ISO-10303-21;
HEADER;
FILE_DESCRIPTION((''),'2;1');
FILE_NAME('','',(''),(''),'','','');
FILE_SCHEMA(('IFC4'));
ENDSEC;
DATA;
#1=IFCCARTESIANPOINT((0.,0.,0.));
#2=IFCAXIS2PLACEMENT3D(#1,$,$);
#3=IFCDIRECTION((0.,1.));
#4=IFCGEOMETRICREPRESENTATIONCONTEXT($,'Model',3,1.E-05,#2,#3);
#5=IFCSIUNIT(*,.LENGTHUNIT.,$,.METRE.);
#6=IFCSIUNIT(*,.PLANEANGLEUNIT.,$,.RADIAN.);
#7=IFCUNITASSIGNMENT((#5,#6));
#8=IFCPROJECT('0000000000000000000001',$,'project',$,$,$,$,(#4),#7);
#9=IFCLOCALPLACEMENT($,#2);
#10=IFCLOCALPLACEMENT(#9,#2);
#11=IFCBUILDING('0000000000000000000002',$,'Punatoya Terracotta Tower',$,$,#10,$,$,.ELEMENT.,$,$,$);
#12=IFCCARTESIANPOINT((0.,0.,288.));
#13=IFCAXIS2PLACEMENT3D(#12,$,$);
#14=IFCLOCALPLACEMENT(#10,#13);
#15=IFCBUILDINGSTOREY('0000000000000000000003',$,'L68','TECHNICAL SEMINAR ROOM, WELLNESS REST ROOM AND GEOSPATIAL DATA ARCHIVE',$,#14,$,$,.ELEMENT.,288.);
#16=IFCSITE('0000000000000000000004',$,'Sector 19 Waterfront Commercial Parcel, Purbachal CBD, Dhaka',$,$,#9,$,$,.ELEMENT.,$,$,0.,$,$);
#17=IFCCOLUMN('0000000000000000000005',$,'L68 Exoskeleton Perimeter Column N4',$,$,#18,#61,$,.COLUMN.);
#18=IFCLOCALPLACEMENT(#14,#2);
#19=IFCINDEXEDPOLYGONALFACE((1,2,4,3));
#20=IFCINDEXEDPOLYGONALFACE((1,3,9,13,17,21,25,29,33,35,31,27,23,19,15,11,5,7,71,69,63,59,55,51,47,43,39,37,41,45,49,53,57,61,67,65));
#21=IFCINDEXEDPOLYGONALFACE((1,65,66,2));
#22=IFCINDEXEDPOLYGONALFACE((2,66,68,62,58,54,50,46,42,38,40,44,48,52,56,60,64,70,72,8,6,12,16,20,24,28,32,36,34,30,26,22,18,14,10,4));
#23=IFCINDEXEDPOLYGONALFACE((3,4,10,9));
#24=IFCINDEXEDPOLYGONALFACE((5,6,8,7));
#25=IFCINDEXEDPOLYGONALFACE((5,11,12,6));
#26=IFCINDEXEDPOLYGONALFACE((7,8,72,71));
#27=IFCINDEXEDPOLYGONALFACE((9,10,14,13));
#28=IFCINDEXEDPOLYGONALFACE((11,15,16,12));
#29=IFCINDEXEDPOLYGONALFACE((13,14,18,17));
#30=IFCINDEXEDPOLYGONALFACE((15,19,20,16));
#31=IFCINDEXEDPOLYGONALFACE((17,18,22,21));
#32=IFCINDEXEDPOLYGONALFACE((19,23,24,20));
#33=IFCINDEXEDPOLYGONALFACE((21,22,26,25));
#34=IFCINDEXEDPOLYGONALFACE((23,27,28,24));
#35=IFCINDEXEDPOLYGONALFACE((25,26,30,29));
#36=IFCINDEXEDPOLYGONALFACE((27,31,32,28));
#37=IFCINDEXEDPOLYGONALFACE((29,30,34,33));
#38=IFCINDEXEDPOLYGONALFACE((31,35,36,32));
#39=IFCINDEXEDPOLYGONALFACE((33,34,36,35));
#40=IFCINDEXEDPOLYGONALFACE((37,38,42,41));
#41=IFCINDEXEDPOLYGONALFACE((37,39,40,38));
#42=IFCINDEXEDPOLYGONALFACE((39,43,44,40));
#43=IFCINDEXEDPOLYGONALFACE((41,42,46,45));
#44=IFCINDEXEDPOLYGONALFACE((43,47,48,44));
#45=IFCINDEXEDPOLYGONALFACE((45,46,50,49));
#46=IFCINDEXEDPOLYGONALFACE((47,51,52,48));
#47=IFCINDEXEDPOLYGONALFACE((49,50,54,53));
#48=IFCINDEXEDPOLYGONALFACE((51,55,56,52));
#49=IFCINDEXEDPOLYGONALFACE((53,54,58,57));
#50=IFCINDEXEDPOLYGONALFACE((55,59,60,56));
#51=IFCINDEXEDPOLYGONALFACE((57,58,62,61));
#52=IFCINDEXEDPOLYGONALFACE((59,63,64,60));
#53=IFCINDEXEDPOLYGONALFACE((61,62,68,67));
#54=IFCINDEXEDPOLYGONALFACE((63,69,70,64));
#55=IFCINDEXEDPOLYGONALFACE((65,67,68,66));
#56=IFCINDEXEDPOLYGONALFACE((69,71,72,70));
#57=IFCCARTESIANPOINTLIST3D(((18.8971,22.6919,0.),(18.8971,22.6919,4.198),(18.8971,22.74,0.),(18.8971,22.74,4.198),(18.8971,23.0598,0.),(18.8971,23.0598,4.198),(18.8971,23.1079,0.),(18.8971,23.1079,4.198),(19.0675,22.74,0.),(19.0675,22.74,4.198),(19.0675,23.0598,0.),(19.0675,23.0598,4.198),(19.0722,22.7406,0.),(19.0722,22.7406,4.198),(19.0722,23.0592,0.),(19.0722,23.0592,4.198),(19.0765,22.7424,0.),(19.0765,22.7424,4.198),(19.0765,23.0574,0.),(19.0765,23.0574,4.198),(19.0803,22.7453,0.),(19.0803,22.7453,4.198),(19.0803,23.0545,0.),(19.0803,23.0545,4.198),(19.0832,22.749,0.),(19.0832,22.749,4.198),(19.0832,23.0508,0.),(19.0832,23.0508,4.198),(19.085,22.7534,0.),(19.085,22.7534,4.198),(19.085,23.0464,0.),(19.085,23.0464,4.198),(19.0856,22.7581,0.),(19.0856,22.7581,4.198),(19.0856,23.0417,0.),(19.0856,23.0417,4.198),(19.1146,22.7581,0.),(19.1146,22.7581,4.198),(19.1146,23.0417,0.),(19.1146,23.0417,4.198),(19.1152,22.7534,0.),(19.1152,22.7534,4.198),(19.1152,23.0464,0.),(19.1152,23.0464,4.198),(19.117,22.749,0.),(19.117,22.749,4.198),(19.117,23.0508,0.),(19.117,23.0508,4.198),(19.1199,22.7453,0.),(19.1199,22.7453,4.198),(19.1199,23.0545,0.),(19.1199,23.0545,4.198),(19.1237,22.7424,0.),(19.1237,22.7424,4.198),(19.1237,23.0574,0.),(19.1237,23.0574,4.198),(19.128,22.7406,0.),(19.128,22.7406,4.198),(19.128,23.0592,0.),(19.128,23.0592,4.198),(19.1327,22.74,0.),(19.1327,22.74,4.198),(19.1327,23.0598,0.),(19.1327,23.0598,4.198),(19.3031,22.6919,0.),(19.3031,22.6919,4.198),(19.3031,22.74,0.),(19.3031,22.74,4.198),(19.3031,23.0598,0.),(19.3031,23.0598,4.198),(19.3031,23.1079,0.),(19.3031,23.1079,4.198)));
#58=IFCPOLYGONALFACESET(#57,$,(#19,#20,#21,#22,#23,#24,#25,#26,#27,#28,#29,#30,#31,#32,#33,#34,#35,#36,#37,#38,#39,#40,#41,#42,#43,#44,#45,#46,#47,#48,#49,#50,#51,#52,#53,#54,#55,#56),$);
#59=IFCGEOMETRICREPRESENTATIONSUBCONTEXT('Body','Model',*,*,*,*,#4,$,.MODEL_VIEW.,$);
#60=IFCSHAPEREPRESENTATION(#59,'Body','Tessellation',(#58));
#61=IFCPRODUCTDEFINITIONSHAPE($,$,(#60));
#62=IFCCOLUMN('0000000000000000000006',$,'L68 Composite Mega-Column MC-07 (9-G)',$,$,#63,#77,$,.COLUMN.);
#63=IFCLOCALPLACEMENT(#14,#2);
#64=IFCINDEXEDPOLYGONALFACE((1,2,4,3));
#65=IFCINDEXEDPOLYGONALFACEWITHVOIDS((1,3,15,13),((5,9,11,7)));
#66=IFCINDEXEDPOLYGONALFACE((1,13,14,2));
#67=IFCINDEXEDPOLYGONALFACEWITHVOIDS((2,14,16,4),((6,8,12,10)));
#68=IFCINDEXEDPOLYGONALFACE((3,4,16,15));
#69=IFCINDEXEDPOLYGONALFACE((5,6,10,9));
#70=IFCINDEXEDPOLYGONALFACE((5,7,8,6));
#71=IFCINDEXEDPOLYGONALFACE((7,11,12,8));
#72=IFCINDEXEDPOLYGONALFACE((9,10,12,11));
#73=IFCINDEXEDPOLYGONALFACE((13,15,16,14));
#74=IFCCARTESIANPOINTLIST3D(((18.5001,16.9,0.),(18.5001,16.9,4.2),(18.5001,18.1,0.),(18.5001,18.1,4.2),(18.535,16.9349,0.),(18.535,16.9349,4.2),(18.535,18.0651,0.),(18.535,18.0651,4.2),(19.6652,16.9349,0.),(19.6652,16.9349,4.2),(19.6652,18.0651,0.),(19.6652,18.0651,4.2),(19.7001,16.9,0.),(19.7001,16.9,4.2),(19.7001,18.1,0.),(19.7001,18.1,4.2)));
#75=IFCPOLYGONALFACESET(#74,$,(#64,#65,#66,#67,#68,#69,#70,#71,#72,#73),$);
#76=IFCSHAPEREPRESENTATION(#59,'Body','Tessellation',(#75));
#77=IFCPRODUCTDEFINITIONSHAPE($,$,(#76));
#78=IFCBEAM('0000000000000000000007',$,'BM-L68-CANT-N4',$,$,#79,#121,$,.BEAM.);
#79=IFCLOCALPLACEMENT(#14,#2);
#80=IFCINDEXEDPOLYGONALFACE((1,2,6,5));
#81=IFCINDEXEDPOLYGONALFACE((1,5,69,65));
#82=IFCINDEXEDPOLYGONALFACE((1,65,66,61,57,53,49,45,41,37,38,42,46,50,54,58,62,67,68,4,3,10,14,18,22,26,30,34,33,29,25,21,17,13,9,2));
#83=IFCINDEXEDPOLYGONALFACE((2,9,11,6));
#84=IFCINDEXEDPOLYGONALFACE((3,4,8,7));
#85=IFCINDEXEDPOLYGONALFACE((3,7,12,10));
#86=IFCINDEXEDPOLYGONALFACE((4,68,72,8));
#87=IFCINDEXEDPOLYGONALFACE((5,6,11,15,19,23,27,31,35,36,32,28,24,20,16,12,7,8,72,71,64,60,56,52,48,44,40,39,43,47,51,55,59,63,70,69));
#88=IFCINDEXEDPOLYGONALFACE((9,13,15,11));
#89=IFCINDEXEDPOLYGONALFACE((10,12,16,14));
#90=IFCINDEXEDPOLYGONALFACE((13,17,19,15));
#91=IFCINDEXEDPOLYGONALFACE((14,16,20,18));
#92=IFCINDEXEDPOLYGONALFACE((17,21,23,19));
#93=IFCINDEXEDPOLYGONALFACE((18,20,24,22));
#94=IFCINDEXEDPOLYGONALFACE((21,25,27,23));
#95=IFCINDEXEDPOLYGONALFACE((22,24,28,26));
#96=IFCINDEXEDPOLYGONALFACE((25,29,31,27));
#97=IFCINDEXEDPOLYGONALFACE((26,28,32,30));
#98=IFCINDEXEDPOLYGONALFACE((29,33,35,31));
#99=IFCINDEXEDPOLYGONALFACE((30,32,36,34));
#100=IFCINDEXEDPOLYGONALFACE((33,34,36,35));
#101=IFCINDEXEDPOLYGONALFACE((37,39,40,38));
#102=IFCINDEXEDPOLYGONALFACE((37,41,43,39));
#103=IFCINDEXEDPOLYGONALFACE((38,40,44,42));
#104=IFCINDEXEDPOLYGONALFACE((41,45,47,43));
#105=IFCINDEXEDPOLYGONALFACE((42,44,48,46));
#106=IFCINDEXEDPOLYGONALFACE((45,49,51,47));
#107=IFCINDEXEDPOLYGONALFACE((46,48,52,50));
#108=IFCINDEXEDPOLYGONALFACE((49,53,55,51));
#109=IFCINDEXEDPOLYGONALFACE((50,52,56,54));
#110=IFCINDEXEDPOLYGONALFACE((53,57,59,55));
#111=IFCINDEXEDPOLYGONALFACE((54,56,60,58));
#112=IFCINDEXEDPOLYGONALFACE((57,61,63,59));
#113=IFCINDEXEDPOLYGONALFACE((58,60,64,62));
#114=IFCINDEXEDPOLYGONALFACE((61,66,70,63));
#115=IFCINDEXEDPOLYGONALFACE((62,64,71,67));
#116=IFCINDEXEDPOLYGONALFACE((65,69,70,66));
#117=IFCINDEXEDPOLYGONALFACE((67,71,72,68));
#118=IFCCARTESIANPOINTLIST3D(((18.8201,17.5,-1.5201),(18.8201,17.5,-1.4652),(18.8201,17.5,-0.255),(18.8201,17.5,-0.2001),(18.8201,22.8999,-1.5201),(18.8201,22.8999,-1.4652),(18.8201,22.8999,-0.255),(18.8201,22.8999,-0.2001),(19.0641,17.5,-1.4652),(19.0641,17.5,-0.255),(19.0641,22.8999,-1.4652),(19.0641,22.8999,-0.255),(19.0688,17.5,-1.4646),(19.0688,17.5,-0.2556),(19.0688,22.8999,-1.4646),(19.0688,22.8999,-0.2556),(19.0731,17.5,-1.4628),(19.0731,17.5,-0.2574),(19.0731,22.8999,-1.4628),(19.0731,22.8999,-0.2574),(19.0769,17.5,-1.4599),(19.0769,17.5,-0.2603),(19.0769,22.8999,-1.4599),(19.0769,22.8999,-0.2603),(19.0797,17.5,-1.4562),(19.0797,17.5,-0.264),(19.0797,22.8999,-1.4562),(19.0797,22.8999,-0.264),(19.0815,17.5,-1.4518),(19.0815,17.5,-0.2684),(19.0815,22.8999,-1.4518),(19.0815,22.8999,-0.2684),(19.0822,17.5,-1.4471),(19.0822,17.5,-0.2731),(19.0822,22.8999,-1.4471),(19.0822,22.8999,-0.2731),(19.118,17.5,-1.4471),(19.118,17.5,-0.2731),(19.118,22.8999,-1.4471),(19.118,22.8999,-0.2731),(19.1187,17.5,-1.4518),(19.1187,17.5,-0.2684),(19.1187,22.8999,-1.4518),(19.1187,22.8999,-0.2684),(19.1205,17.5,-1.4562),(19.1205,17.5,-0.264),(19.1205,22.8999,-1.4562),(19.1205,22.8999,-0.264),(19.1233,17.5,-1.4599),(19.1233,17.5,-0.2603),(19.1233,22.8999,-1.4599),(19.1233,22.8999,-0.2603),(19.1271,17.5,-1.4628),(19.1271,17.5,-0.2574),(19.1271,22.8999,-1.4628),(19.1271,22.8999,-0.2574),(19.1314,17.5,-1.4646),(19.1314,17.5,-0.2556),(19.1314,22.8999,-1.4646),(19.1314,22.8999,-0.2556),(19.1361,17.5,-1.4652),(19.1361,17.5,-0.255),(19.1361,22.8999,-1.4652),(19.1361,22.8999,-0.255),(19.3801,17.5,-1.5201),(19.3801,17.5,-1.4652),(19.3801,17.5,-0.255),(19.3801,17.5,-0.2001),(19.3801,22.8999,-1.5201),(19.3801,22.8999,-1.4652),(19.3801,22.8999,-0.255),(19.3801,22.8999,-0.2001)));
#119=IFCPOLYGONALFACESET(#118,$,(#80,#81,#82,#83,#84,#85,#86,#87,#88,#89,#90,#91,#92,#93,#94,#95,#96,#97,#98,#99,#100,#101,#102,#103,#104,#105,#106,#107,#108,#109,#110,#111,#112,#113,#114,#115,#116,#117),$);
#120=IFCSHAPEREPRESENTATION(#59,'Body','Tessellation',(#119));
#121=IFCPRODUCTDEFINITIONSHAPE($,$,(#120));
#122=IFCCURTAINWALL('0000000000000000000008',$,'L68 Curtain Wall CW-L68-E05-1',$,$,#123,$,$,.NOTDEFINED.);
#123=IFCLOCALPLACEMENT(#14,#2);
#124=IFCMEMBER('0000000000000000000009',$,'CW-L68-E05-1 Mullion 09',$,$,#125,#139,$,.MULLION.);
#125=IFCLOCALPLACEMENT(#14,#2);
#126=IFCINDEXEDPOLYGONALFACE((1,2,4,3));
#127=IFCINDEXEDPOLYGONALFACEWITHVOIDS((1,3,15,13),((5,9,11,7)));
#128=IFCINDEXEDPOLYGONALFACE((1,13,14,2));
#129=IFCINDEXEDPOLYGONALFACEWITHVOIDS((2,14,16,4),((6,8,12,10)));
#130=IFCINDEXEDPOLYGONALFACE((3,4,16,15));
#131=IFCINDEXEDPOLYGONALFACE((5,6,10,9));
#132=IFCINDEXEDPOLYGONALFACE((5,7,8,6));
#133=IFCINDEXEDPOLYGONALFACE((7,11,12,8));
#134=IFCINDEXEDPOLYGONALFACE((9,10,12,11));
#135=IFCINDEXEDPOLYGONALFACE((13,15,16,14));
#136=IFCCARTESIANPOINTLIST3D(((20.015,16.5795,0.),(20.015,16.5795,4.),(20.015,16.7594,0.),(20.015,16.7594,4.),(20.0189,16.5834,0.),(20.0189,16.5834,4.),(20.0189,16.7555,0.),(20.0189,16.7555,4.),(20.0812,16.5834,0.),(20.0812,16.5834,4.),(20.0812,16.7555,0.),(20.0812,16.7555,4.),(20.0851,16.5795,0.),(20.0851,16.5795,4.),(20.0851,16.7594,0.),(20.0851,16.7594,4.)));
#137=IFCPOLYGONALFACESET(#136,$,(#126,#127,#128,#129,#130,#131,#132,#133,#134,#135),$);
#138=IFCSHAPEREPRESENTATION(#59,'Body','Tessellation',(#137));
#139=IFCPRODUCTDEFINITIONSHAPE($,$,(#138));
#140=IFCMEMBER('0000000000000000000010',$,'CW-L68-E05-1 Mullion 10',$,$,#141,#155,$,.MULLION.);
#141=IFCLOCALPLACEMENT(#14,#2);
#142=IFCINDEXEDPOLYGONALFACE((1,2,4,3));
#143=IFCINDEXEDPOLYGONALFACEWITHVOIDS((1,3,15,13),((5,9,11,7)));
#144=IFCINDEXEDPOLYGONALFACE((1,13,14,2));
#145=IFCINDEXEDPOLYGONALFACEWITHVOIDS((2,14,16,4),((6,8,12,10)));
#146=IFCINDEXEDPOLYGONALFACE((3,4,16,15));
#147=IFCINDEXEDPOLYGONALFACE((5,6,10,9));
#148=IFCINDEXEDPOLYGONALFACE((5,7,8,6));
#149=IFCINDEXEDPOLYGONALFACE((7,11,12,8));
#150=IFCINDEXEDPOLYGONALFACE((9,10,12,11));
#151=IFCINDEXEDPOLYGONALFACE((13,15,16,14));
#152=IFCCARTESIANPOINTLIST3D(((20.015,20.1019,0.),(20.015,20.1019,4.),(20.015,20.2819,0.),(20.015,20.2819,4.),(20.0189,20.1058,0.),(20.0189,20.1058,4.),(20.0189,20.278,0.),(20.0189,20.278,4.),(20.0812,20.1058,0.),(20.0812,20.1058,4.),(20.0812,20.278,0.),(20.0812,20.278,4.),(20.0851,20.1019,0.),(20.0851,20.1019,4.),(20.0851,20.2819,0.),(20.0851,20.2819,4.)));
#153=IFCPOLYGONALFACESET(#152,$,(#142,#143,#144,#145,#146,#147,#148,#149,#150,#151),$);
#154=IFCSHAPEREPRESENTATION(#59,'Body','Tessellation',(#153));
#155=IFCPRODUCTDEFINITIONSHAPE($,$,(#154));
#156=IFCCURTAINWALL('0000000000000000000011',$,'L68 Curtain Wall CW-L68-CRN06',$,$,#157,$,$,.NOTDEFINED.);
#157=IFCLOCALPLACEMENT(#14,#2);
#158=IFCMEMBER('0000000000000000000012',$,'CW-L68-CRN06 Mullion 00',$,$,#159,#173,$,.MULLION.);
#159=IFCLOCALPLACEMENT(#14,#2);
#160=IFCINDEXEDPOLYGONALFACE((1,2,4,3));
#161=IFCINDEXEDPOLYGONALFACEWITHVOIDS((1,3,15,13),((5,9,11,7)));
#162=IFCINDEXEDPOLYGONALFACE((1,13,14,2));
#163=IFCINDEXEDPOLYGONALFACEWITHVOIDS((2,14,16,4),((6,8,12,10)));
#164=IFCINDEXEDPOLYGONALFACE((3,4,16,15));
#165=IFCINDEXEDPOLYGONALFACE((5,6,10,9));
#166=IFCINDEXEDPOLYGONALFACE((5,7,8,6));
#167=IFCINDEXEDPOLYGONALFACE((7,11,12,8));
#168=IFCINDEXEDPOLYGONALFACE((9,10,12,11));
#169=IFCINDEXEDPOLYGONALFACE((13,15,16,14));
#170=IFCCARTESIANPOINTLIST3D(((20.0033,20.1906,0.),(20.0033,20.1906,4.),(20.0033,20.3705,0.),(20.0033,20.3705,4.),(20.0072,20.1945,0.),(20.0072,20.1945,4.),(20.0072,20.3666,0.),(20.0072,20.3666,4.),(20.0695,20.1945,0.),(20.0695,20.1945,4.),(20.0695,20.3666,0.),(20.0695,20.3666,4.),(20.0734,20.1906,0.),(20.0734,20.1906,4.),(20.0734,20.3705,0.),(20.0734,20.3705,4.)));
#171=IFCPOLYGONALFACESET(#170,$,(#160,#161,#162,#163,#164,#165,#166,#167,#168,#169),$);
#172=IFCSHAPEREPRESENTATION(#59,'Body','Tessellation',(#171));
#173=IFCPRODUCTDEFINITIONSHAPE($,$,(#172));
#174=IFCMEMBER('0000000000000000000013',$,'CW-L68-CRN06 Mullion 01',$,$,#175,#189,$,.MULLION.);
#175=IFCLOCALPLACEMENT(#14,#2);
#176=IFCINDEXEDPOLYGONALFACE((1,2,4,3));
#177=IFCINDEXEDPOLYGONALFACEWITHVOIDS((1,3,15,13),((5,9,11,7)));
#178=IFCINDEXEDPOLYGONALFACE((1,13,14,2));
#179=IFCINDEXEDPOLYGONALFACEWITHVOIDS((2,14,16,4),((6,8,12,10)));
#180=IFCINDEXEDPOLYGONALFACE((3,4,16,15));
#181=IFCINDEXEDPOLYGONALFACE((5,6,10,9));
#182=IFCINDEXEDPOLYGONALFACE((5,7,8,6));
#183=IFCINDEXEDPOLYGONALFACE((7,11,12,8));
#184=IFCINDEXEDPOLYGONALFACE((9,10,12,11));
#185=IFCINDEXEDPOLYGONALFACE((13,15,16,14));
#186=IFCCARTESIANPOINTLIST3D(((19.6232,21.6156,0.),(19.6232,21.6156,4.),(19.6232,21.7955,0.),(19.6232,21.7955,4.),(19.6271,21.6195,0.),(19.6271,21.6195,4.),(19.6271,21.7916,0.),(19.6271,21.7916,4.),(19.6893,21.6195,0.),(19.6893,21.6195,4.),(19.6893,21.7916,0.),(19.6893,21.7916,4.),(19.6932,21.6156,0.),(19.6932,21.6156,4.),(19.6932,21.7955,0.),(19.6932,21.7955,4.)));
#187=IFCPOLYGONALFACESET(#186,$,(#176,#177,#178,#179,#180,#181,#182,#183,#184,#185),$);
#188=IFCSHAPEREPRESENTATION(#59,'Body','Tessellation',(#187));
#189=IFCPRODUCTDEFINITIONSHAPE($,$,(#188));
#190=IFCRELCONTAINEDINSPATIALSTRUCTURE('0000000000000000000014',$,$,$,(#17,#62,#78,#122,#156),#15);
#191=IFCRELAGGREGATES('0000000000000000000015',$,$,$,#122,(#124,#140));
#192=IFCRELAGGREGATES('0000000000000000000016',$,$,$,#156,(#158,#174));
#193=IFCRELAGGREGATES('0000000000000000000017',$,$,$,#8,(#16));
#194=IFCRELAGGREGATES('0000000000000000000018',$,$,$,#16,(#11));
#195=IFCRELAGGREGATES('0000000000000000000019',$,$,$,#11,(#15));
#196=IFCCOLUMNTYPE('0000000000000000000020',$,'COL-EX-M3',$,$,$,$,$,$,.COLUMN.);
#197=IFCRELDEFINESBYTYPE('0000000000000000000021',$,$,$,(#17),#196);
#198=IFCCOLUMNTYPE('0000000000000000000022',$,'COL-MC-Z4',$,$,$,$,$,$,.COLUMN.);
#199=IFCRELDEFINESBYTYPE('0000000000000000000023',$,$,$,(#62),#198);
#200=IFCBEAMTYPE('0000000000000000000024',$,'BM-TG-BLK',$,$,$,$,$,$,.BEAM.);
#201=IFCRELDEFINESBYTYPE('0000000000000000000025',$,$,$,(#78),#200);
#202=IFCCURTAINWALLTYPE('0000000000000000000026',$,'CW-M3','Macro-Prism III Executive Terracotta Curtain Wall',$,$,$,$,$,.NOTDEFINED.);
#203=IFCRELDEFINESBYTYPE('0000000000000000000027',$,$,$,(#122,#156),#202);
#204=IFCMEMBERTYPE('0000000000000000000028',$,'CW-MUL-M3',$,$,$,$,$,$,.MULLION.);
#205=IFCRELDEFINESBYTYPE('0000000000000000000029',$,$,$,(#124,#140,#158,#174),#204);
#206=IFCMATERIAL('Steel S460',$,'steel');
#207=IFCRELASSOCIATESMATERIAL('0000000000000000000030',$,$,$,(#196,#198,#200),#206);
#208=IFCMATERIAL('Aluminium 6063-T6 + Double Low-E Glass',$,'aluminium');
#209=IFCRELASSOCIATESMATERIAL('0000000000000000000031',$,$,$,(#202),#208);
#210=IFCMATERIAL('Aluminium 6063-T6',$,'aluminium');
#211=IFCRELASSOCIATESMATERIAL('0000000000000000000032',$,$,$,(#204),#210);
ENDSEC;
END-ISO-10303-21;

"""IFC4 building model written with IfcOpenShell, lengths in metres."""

from ifc_helpers import new_model, si_unit, direction, frame, origin, origin_2d, place, context, subcontext, project, spatial, hollow_rectangle, i_section, extrude, material, material_profile, profile_set, type_object, element, aggregate, save


model = new_model("IFC4")

# Units and contexts
model_context = context("Model", 3, precision=1e-05, world=origin(), true_north=direction((0.0, 1.0)))
body_context = subcontext(model_context, "Body", "Model", "MODEL_VIEW")
ifc_project = project(units=[si_unit("LENGTHUNIT", "METRE"), si_unit("PLANEANGLEUNIT", "RADIAN")], contexts=[model_context])

# Site, building, storey
site_placement = place(None, origin())
site = spatial("IfcSite", under=ifc_project, at=site_placement, Name="Sector 19 Waterfront Commercial Parcel, Purbachal CBD, Dhaka", CompositionType="ELEMENT", RefElevation=0.0)
building_placement = place(site_placement, origin())
building = spatial("IfcBuilding", under=site, at=building_placement, Name="Punatoya Terracotta Tower", CompositionType="ELEMENT")
storey_placement = place(building_placement, frame((0.0, 0.0, 288.0)))
storey = spatial("IfcBuildingStorey", under=building, at=storey_placement, Name="L68", Description="TECHNICAL SEMINAR ROOM, WELLNESS REST ROOM AND GEOSPATIAL DATA ARCHIVE", CompositionType="ELEMENT", Elevation=288.0)

# Columns
ifc_material_1 = material(Name="Steel S460", Category="steel")
ifc_material_profile_1 = material_profile(ifc_material_1, i_section(OverallWidth=0.406, OverallDepth=0.416, WebThickness=0.0291, FlangeThickness=0.0481, FilletRadius=0.0181, at=origin_2d()))
ifc_profile_set_1 = profile_set([ifc_material_profile_1], Name="Steel S460")
column_type_1 = type_object("IfcColumnType", Name="COL-EX-M3", PredefinedType="COLUMN", material=ifc_profile_set_1)
column_1_placement = place(storey_placement, frame((19.1001, 22.8999, 0.0), z_axis=(0.0, 0.0, 1.0), x_axis=(1.0, 0.0, 0.0)))
element("IfcColumn", 1, at=column_1_placement, inside=storey, type_object=column_type_1, Name="L68 Exoskeleton Perimeter Column N4", PredefinedType="COLUMN", context=body_context, shape_type="SweptSolid", body=[
    extrude(i_section(OverallWidth=0.406, OverallDepth=0.416, WebThickness=0.0291, FlangeThickness=0.0481, FilletRadius=0.0181, at=origin_2d()), origin(), (0.0, 0.0, 1.0), 4.198),
])
ifc_material_profile_2 = material_profile(ifc_material_1, hollow_rectangle(XDim=1.2, YDim=1.2, WallThickness=0.0349, at=origin_2d()))
ifc_profile_set_2 = profile_set([ifc_material_profile_2], Name="Steel S460")
column_type_2 = type_object("IfcColumnType", Name="COL-MC-Z4", PredefinedType="COLUMN", material=ifc_profile_set_2)
column_2_placement = place(storey_placement, frame((19.1001, 17.5, 0.0), z_axis=(0.0, 0.0, 1.0), x_axis=(1.0, 0.0, 0.0)))
element("IfcColumn", 2, at=column_2_placement, inside=storey, type_object=column_type_2, Name="L68 Composite Mega-Column MC-07 (9-G)", PredefinedType="COLUMN", context=body_context, shape_type="SweptSolid", body=[
    extrude(hollow_rectangle(XDim=1.2, YDim=1.2, WallThickness=0.0349, at=origin_2d()), origin(), (0.0, 0.0, 1.0), 4.2),
])

# Beam
ifc_material_profile_3 = material_profile(ifc_material_1, i_section(OverallWidth=0.5601, OverallDepth=1.3201, WebThickness=0.0359, FlangeThickness=0.0549, FilletRadius=0.0181, at=origin_2d()))
ifc_profile_set_3 = profile_set([ifc_material_profile_3], Name="Steel S460")
beam_type = type_object("IfcBeamType", Name="BM-TG-BLK", PredefinedType="BEAM", material=ifc_profile_set_3)
beam_placement = place(storey_placement, frame((19.1001, 17.5, -0.8601), z_axis=(0.0, 1.0, 0.0), x_axis=(-1.0, 0.0, 0.0)))
element("IfcBeam", 3, at=beam_placement, inside=storey, type_object=beam_type, Name="BM-L68-CANT-N4", PredefinedType="BEAM", context=body_context, shape_type="SweptSolid", body=[
    extrude(i_section(OverallWidth=0.5601, OverallDepth=1.3201, WebThickness=0.0359, FlangeThickness=0.0549, FilletRadius=0.0181, at=origin_2d()), origin(), (0.0, 0.0, 1.0), 5.3999),
])

# Curtain walls, members
ifc_material_2 = material(Name="Aluminium 6063-T6 + Double Low-E Glass", Category="aluminium")
curtain_wall_type = type_object("IfcCurtainWallType", Name="CW-M3", Description="Macro-Prism III Executive Terracotta Curtain Wall", PredefinedType="NOTDEFINED", material=ifc_material_2)
curtain_wall_1_placement = place(storey_placement, origin())
curtain_wall_1 = element("IfcCurtainWall", 4, at=curtain_wall_1_placement, inside=storey, type_object=curtain_wall_type, Name="L68 Curtain Wall CW-L68-E05-1", PredefinedType="NOTDEFINED")
ifc_material_3 = material(Name="Aluminium 6063-T6", Category="aluminium")
ifc_material_profile_4 = material_profile(ifc_material_3, hollow_rectangle(XDim=0.0701, YDim=0.1799, WallThickness=0.0039, at=origin_2d()))
ifc_profile_set_4 = profile_set([ifc_material_profile_4], Name="Aluminium 6063-T6")
member_type_1 = type_object("IfcMemberType", Name="CW-MUL-M3", PredefinedType="MULLION", material=ifc_profile_set_4)
member_1_placement = place(storey_placement, frame((20.05, 16.6694, 0.0), z_axis=(0.0, 0.0, 1.0), x_axis=(1.0, 0.0, 0.0)))
member_1 = element("IfcMember", 5, at=member_1_placement, type_object=member_type_1, Name="CW-L68-E05-1 Mullion 09", PredefinedType="MULLION", context=body_context, shape_type="SweptSolid", body=[
    extrude(hollow_rectangle(XDim=0.0701, YDim=0.1799, WallThickness=0.0039, at=origin_2d()), origin(), (0.0, 0.0, 1.0), 4.0),
])
member_2_placement = place(storey_placement, frame((20.05, 20.1919, 0.0), z_axis=(0.0, 0.0, 1.0), x_axis=(1.0, 0.0, 0.0)))
member_2 = element("IfcMember", 6, at=member_2_placement, type_object=member_type_1, Name="CW-L68-E05-1 Mullion 10", PredefinedType="MULLION", context=body_context, shape_type="SweptSolid", body=[
    extrude(hollow_rectangle(XDim=0.0701, YDim=0.1799, WallThickness=0.0039, at=origin_2d()), origin(), (0.0, 0.0, 1.0), 4.0),
])
curtain_wall_2_placement = place(storey_placement, origin())
curtain_wall_2 = element("IfcCurtainWall", 7, at=curtain_wall_2_placement, inside=storey, type_object=curtain_wall_type, Name="L68 Curtain Wall CW-L68-CRN06", PredefinedType="NOTDEFINED")
member_3_placement = place(storey_placement, frame((20.0383, 20.2805, 0.0), z_axis=(0.0, 0.0, 1.0), x_axis=(1.0, 0.0, 0.0)))
member_3 = element("IfcMember", 8, at=member_3_placement, type_object=member_type_1, Name="CW-L68-CRN06 Mullion 00", PredefinedType="MULLION", context=body_context, shape_type="SweptSolid", body=[
    extrude(hollow_rectangle(XDim=0.0701, YDim=0.1799, WallThickness=0.0039, at=origin_2d()), origin(), (0.0, 0.0, 1.0), 4.0),
])
member_4_placement = place(storey_placement, frame((19.6582, 21.7056, 0.0), z_axis=(0.0, 0.0, 1.0), x_axis=(1.0, 0.0, 0.0)))
member_4 = element("IfcMember", 9, at=member_4_placement, type_object=member_type_1, Name="CW-L68-CRN06 Mullion 01", PredefinedType="MULLION", context=body_context, shape_type="SweptSolid", body=[
    extrude(hollow_rectangle(XDim=0.0701, YDim=0.1799, WallThickness=0.0039, at=origin_2d()), origin(), (0.0, 0.0, 1.0), 4.0),
])

aggregate(curtain_wall_1, [member_1, member_2])
aggregate(curtain_wall_2, [member_3, member_4])

save(model, "model.ifc")
